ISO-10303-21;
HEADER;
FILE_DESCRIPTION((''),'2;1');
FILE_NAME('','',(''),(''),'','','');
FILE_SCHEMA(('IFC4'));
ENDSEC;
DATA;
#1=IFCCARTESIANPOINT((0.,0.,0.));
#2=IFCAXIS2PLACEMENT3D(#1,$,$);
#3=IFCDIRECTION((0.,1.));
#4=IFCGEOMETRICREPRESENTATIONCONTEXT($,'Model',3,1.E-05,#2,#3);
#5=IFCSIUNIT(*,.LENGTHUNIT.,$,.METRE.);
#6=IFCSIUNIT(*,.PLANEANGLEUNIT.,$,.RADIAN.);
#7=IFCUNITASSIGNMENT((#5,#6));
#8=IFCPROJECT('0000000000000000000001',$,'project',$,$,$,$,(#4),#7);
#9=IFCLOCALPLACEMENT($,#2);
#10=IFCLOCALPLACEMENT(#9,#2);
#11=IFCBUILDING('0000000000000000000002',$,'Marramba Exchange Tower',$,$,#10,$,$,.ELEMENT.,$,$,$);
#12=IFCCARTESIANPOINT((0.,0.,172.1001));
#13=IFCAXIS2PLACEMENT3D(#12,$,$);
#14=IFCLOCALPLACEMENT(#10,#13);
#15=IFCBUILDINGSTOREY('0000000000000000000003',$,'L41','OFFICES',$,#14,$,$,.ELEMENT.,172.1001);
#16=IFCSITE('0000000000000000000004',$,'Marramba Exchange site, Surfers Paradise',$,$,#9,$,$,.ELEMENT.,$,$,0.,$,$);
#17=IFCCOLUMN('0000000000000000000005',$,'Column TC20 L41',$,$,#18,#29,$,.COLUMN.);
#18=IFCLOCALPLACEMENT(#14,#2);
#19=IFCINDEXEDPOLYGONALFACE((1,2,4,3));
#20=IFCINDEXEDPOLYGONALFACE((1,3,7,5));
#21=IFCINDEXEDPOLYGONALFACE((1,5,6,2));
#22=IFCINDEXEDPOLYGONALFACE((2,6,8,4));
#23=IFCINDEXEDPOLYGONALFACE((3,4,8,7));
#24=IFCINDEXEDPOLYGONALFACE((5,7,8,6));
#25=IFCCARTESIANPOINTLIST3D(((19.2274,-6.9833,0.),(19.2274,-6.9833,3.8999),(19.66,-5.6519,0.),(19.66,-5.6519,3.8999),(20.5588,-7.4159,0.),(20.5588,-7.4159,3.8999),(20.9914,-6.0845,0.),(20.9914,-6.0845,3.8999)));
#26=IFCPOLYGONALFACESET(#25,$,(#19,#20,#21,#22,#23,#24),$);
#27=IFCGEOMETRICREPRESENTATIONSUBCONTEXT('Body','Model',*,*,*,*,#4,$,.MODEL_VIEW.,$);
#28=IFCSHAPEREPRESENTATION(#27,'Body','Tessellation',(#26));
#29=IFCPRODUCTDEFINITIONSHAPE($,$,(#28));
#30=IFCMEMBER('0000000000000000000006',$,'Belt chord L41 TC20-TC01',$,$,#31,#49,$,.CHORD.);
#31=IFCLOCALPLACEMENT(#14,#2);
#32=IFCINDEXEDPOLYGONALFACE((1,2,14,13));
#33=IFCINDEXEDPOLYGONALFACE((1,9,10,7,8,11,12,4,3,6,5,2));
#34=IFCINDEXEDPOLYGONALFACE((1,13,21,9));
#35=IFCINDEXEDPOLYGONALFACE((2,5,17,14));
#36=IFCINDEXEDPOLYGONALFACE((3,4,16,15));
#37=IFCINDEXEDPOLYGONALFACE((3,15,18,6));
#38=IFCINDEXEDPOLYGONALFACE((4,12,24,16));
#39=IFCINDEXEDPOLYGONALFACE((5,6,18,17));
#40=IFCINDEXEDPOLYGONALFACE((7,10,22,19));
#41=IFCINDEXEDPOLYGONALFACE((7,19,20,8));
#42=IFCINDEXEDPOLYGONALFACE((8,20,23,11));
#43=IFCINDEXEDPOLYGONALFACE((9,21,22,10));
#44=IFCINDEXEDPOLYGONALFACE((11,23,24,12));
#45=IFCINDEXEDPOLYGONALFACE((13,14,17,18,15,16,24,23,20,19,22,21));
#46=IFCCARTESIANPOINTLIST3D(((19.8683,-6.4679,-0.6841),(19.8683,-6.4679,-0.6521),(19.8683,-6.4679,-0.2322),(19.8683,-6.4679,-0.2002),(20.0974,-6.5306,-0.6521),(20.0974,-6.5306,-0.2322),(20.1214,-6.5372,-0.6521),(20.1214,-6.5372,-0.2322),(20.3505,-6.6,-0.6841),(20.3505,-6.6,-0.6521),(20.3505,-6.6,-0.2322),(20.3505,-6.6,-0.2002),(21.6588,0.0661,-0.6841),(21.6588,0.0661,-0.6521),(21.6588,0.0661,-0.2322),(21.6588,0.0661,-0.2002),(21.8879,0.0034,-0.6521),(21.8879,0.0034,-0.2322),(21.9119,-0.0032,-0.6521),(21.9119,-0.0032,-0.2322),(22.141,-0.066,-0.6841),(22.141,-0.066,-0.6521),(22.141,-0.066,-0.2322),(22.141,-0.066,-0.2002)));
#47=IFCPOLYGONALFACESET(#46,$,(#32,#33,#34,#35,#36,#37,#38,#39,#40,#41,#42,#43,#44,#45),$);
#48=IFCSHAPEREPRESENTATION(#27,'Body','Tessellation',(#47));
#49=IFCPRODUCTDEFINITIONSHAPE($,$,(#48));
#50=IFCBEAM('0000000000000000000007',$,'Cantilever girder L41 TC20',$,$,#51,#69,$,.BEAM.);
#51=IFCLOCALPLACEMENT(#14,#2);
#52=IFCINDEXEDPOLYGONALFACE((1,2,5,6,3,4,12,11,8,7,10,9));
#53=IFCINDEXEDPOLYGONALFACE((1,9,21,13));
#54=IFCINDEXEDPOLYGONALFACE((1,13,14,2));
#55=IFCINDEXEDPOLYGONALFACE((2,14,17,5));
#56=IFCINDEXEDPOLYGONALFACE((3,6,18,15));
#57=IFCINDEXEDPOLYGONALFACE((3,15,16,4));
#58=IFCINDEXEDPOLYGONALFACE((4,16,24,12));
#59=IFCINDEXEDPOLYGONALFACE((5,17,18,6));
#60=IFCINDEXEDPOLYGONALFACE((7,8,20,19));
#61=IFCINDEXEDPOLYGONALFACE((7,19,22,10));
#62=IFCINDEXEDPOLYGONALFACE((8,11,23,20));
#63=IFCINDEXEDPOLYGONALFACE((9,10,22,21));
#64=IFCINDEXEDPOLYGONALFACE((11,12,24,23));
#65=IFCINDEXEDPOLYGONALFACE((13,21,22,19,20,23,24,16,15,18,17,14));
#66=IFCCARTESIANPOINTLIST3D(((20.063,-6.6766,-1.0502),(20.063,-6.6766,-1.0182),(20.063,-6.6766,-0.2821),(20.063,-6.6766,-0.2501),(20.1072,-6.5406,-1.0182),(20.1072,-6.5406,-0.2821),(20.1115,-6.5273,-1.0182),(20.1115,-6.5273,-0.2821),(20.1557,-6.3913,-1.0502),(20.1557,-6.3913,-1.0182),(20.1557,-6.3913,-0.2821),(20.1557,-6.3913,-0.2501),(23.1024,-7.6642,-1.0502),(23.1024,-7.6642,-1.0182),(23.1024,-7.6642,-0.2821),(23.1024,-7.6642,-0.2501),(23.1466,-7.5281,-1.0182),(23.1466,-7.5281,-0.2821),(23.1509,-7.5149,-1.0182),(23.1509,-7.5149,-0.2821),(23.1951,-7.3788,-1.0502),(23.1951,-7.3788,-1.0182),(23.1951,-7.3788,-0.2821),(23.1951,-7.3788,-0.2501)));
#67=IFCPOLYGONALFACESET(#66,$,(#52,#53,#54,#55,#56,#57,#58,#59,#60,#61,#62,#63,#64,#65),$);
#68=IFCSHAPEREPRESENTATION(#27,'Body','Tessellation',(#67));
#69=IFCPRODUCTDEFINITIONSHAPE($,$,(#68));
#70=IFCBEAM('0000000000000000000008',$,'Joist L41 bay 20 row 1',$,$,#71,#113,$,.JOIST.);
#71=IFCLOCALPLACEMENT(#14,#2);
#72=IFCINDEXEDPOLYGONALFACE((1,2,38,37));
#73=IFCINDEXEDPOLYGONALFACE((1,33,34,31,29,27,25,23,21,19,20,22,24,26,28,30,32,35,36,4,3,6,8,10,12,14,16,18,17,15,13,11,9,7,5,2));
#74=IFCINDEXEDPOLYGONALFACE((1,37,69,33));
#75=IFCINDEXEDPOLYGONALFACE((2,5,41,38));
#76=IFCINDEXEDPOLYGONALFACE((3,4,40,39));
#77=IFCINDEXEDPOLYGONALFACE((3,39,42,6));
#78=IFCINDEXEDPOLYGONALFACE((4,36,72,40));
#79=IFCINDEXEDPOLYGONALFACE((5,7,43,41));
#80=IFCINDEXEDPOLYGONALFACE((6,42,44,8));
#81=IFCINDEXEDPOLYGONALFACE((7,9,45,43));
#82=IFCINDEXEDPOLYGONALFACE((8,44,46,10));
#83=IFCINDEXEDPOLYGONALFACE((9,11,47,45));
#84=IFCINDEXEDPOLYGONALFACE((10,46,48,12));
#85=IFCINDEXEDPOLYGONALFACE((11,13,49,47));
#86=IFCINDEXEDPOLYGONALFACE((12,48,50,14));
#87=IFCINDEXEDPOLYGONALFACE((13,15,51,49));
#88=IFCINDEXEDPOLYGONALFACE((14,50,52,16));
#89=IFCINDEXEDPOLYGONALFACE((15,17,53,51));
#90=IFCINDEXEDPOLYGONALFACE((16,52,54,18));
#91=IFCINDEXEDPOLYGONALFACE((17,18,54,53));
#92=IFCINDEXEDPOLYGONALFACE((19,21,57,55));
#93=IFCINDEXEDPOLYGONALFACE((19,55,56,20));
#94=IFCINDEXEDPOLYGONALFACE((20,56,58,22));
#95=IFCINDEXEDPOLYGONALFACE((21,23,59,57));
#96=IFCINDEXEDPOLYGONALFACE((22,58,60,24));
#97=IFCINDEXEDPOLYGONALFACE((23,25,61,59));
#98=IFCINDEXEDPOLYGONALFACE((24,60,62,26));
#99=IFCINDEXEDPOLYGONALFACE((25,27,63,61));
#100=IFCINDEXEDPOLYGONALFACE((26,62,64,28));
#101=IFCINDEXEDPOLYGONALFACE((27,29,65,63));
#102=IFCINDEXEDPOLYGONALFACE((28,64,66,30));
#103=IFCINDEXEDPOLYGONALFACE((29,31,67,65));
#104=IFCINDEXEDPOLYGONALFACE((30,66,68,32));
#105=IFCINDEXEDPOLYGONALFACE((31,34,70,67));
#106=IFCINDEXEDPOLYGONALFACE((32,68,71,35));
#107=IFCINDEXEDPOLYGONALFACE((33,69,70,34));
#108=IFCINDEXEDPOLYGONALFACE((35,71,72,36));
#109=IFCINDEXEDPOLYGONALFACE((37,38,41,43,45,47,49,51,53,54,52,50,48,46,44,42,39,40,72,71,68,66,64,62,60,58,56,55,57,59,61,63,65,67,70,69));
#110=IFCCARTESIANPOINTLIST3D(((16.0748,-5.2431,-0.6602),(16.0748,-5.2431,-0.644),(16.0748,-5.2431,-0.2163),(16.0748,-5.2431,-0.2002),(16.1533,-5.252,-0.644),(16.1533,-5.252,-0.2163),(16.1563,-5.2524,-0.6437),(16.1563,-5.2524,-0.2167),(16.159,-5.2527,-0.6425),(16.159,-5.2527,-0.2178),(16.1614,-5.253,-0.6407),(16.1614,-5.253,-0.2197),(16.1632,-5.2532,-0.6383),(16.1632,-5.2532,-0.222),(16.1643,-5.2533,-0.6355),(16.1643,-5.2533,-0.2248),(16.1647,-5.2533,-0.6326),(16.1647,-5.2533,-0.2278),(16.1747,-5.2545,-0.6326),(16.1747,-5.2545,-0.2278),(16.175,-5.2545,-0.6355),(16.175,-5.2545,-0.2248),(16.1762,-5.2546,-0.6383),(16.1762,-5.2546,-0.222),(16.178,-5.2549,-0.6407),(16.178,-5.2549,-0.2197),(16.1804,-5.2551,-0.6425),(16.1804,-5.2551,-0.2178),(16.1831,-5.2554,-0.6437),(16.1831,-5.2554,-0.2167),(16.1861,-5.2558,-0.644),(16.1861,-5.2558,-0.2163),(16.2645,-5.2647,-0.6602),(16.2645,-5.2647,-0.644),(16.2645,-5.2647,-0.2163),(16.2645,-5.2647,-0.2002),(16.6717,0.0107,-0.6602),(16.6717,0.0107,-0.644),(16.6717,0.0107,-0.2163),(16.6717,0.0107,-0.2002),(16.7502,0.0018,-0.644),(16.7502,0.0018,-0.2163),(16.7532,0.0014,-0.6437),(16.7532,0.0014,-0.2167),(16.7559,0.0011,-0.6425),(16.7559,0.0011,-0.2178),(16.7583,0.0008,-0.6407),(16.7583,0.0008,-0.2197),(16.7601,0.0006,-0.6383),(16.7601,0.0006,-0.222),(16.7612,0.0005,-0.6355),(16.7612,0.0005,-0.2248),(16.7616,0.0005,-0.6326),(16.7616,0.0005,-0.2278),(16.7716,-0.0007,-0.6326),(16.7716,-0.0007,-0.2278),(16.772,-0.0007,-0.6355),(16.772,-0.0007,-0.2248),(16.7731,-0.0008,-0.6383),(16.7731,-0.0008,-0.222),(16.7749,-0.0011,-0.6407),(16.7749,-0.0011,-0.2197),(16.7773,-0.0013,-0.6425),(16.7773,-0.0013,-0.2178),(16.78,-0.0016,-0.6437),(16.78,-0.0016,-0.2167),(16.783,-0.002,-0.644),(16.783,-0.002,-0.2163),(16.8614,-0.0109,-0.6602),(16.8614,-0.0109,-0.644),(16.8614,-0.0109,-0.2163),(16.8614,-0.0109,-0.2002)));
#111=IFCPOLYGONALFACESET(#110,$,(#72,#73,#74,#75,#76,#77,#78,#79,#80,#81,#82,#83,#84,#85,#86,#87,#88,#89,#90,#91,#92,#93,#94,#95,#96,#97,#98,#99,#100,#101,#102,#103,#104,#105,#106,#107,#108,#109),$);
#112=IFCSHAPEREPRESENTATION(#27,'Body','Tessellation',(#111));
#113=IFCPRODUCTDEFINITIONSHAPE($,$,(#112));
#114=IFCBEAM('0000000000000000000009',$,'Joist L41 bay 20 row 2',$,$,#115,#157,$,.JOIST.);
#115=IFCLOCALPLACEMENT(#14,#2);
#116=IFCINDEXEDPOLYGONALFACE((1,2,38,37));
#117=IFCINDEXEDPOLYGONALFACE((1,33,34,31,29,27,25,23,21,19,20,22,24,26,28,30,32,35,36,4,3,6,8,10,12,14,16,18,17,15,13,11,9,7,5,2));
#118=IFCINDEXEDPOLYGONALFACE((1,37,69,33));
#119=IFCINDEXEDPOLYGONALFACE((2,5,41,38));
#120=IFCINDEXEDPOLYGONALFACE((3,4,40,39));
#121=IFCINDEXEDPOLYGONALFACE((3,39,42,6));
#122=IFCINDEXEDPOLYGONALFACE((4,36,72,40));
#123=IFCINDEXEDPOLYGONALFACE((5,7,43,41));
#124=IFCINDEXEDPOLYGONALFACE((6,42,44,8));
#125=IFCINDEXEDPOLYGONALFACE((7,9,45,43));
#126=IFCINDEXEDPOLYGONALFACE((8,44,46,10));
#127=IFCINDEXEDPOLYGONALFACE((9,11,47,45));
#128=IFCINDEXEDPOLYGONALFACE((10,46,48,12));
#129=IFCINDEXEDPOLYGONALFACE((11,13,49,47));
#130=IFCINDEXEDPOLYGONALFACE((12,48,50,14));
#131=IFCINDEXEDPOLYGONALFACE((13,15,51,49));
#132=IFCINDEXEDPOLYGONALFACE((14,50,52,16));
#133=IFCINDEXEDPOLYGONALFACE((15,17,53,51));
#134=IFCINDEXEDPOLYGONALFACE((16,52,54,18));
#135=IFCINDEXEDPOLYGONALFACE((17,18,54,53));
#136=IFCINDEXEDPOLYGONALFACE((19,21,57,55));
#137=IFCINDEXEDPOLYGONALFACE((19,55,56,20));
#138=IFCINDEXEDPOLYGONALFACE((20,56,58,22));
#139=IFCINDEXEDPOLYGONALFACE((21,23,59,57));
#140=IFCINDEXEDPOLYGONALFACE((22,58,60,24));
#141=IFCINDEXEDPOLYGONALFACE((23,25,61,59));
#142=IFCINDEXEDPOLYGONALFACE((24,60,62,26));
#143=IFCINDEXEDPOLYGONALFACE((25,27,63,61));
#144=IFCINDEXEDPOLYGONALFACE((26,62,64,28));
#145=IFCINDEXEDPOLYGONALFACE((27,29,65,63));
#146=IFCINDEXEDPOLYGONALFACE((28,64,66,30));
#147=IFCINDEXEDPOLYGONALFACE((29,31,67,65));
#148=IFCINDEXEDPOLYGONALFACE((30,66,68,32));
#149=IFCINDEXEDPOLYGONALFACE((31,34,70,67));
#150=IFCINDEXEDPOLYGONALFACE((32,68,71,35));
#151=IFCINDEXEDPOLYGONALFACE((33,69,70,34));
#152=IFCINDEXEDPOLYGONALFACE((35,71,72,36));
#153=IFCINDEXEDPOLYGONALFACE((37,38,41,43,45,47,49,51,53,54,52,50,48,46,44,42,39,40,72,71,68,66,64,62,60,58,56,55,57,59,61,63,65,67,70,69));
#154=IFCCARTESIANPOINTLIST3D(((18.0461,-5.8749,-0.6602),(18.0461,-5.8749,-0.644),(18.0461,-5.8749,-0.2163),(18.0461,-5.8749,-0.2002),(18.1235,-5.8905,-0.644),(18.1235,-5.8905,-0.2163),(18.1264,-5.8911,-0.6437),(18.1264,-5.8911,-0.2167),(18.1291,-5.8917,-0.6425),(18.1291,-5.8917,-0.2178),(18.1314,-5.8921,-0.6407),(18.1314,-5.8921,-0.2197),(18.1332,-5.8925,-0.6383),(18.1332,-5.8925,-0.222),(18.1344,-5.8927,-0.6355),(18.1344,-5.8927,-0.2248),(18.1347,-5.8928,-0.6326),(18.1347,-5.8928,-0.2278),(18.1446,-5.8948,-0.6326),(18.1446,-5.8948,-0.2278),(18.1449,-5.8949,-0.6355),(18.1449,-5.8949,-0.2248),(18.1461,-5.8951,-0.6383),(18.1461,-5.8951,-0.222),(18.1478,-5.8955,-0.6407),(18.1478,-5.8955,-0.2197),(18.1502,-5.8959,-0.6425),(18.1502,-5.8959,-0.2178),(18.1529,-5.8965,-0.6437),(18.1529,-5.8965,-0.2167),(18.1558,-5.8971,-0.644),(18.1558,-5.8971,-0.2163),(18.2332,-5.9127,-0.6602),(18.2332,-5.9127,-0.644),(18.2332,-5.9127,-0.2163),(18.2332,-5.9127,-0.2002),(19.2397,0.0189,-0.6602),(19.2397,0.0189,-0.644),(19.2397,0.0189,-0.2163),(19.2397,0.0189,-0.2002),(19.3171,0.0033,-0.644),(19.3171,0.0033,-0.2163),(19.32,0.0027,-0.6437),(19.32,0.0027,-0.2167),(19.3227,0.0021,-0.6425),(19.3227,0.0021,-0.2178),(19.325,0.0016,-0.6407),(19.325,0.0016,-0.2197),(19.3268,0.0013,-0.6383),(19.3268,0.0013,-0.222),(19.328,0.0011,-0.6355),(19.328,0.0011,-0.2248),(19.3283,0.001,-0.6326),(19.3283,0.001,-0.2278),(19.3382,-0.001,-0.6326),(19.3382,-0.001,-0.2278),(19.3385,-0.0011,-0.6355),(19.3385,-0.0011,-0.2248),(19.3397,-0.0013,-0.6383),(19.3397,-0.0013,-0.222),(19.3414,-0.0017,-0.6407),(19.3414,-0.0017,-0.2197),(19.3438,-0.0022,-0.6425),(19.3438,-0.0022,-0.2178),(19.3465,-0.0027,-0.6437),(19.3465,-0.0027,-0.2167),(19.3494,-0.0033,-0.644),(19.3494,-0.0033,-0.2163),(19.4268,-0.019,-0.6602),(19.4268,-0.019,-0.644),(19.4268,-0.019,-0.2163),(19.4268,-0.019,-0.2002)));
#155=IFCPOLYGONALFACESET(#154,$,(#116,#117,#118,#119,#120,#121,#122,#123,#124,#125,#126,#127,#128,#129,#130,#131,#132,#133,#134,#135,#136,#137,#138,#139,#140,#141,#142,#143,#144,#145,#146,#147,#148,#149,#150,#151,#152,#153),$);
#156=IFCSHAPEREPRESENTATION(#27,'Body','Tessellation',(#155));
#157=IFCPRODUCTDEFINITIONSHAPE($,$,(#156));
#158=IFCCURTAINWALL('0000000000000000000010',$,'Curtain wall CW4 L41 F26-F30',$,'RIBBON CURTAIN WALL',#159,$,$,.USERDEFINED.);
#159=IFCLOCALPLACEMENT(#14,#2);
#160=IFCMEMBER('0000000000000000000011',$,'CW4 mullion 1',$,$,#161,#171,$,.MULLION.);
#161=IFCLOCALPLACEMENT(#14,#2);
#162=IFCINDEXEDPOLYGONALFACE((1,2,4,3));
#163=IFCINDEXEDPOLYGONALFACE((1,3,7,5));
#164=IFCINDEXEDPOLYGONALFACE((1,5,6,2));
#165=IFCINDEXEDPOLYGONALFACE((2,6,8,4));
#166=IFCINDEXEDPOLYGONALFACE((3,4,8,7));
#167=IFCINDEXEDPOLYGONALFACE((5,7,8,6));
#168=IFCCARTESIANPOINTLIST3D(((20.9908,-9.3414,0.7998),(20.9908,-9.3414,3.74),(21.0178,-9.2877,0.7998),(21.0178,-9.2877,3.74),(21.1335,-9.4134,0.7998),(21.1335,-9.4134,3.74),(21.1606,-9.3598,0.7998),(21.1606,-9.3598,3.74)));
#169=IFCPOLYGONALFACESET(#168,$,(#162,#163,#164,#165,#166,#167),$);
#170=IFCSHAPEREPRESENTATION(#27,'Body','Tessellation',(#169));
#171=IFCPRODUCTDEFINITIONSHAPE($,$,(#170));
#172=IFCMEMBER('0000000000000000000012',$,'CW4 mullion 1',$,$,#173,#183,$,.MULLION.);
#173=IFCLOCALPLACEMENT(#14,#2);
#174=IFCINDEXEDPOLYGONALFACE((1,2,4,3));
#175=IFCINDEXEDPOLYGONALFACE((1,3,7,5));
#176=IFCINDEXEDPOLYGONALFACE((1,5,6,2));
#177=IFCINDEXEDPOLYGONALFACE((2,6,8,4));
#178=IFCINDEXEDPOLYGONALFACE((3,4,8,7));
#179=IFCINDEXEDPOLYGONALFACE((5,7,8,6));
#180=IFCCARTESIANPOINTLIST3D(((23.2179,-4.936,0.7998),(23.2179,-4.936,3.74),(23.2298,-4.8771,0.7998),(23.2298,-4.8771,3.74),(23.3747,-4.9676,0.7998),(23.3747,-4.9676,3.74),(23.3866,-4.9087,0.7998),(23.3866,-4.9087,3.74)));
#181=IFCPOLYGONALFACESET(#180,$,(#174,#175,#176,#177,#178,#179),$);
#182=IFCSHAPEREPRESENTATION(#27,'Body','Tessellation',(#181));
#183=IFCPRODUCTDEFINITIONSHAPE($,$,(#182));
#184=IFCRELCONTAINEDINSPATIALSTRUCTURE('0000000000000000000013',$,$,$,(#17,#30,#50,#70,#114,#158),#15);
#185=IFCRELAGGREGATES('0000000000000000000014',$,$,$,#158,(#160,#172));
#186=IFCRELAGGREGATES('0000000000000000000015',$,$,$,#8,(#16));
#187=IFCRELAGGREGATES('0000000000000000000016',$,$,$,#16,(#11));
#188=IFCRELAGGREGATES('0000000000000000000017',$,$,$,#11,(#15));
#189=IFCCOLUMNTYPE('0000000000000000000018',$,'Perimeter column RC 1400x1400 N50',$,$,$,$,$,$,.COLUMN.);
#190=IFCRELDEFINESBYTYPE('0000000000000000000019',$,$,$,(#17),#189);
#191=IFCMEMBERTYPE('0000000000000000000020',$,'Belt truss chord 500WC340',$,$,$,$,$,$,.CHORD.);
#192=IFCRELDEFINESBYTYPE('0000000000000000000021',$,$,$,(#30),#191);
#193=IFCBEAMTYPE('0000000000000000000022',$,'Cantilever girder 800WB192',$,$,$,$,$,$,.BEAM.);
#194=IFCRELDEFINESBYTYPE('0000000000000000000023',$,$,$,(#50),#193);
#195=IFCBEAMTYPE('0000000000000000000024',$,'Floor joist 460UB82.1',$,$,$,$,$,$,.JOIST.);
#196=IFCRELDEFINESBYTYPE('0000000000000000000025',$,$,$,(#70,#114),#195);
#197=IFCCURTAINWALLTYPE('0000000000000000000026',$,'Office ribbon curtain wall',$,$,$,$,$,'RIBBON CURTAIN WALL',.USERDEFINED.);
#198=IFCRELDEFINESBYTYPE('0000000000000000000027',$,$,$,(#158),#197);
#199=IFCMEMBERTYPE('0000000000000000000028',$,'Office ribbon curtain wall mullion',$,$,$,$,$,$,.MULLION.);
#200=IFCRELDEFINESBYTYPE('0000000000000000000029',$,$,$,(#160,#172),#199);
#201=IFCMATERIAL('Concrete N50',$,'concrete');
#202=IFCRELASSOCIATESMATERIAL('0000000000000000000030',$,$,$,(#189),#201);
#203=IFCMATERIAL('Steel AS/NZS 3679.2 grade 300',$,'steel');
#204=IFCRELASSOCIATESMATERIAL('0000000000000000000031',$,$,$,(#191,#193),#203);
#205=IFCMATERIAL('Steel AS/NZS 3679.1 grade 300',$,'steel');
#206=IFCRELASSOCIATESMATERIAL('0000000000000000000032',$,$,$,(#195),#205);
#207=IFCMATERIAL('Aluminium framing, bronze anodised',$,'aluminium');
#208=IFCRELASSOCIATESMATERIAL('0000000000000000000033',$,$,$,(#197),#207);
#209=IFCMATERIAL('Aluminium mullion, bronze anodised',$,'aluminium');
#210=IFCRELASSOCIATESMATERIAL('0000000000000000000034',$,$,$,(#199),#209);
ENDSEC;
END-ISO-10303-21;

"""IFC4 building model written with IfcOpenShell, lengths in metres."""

from ifc_helpers import new_model, si_unit, direction, frame, origin, origin_2d, place, context, subcontext, project, spatial, rectangle, i_section, extrude, material, material_profile, profile_set, type_object, element, aggregate, save


model = new_model("IFC4")

# Units and contexts
model_context = context("Model", 3, precision=1e-05, world=origin(), true_north=direction((0.0, 1.0)))
body_context = subcontext(model_context, "Body", "Model", "MODEL_VIEW")
ifc_project = project(units=[si_unit("LENGTHUNIT", "METRE"), si_unit("PLANEANGLEUNIT", "RADIAN")], contexts=[model_context])

# Site, building, storey
site_placement = place(None, origin())
site = spatial("IfcSite", under=ifc_project, at=site_placement, Name="Marramba Exchange site, Surfers Paradise", CompositionType="ELEMENT", RefElevation=0.0)
building_placement = place(site_placement, origin())
building = spatial("IfcBuilding", under=site, at=building_placement, Name="Marramba Exchange Tower", CompositionType="ELEMENT")
storey_placement = place(building_placement, frame((0.0, 0.0, 172.1001)))
storey = spatial("IfcBuildingStorey", under=building, at=storey_placement, Name="L41", Description="OFFICES", CompositionType="ELEMENT", Elevation=172.1001)

# Column
ifc_material_1 = material(Name="Concrete N50", Category="concrete")
ifc_material_profile_1 = material_profile(ifc_material_1, rectangle(XDim=1.3999, YDim=1.3999, at=origin_2d()), Name="RC 1400x1400")
ifc_profile_set_1 = profile_set([ifc_material_profile_1], Name="Concrete N50")
column_type = type_object("IfcColumnType", Name="Perimeter column RC 1400x1400 N50", PredefinedType="COLUMN", material=ifc_profile_set_1)
column_placement = place(storey_placement, frame((20.1094, -6.5339, 0.0), z_axis=(0.0, 0.0, 1.0), x_axis=(0.951057, -0.309017, 0.0)))
element("IfcColumn", 1, at=column_placement, inside=storey, type_object=column_type, Name="Column TC20 L41", PredefinedType="COLUMN", context=body_context, shape_type="SweptSolid", body=[
    extrude(rectangle(XDim=1.3999, YDim=1.3999, at=origin_2d()), origin(), (0.0, 0.0, 1.0), 3.8999),
])

# Member
ifc_material_2 = material(Name="Steel AS/NZS 3679.2 grade 300", Category="steel")
ifc_material_profile_2 = material_profile(ifc_material_2, i_section(OverallWidth=0.5, OverallDepth=0.4839, WebThickness=0.0249, FlangeThickness=0.032, at=origin_2d()), Name="500WC340")
ifc_profile_set_2 = profile_set([ifc_material_profile_2], Name="Steel AS/NZS 3679.2 grade 300")
member_type_1 = type_object("IfcMemberType", Name="Belt truss chord 500WC340", PredefinedType="CHORD", material=ifc_profile_set_2)
member_1_placement = place(storey_placement, frame((20.1094, -6.5339, -0.4421), z_axis=(0.264291, 0.964443, 0.0), x_axis=(-0.964443, 0.264291, 0.0)))
element("IfcMember", 2, at=member_1_placement, inside=storey, type_object=member_type_1, Name="Belt chord L41 TC20-TC01", PredefinedType="CHORD", context=body_context, shape_type="SweptSolid", body=[
    extrude(i_section(OverallWidth=0.5, OverallDepth=0.4839, WebThickness=0.0249, FlangeThickness=0.032, at=origin_2d()), origin(), (0.0, 0.0, 1.0), 6.7749),
])

# Beams
ifc_material_profile_3 = material_profile(ifc_material_2, i_section(OverallWidth=0.3, OverallDepth=0.8, WebThickness=0.0139, FlangeThickness=0.032, at=origin_2d()), Name="800WB192")
ifc_profile_set_3 = profile_set([ifc_material_profile_3], Name="Steel AS/NZS 3679.2 grade 300")
beam_type_1 = type_object("IfcBeamType", Name="Cantilever girder 800WB192", PredefinedType="BEAM", material=ifc_profile_set_3)
beam_1_placement = place(storey_placement, frame((20.1094, -6.5339, -0.6501), z_axis=(0.951055, -0.309022, 0.0), x_axis=(0.309022, 0.951055, 0.0)))
element("IfcBeam", 3, at=beam_1_placement, inside=storey, type_object=beam_type_1, Name="Cantilever girder L41 TC20", PredefinedType="BEAM", context=body_context, shape_type="SweptSolid", body=[
    extrude(i_section(OverallWidth=0.3, OverallDepth=0.8, WebThickness=0.0139, FlangeThickness=0.032, at=origin_2d()), origin(), (0.0, 0.0, 1.0), 3.1958),
])
ifc_material_3 = material(Name="Steel AS/NZS 3679.1 grade 300", Category="steel")
ifc_material_profile_4 = material_profile(ifc_material_3, i_section(OverallWidth=0.1909, OverallDepth=0.46, WebThickness=0.01, FlangeThickness=0.0161, FilletRadius=0.0115, at=origin_2d()), Name="460UB82.1")
ifc_profile_set_4 = profile_set([ifc_material_profile_4], Name="Steel AS/NZS 3679.1 grade 300")
beam_type_2 = type_object("IfcBeamType", Name="Floor joist 460UB82.1", PredefinedType="JOIST", material=ifc_profile_set_4)
beam_2_placement = place(storey_placement, frame((16.1697, -5.2539, -0.4302), z_axis=(0.112889, 0.993608, 0.0), x_axis=(-0.993608, 0.112889, 0.0)))
element("IfcBeam", 4, at=beam_2_placement, inside=storey, type_object=beam_type_2, Name="Joist L41 bay 20 row 1", PredefinedType="JOIST", context=body_context, shape_type="SweptSolid", body=[
    extrude(i_section(OverallWidth=0.1909, OverallDepth=0.46, WebThickness=0.01, FlangeThickness=0.0161, FilletRadius=0.0115, at=origin_2d()), origin(), (0.0, 0.0, 1.0), 5.2876),
])
beam_3_placement = place(storey_placement, frame((18.1396, -5.8938, -0.4302), z_axis=(0.198489, 0.980103, 0.0), x_axis=(-0.980103, 0.198489, 0.0)))
element("IfcBeam", 5, at=beam_3_placement, inside=storey, type_object=beam_type_2, Name="Joist L41 bay 20 row 2", PredefinedType="JOIST", context=body_context, shape_type="SweptSolid", body=[
    extrude(i_section(OverallWidth=0.1909, OverallDepth=0.46, WebThickness=0.01, FlangeThickness=0.0161, FilletRadius=0.0115, at=origin_2d()), origin(), (0.0, 0.0, 1.0), 6.0134),
])

# Curtain wall, members
ifc_material_4 = material(Name="Aluminium framing, bronze anodised", Category="aluminium")
curtain_wall_type = type_object("IfcCurtainWallType", Name="Office ribbon curtain wall", ElementType="RIBBON CURTAIN WALL", PredefinedType="USERDEFINED", material=ifc_material_4)
curtain_wall_placement = place(storey_placement, origin())
curtain_wall = element("IfcCurtainWall", 6, at=curtain_wall_placement, inside=storey, type_object=curtain_wall_type, Name="Curtain wall CW4 L41 F26-F30", ObjectType="RIBBON CURTAIN WALL", PredefinedType="USERDEFINED")
ifc_material_5 = material(Name="Aluminium mullion, bronze anodised", Category="aluminium")
ifc_material_profile_5 = material_profile(ifc_material_5, rectangle(XDim=0.1599, YDim=0.0601, at=origin_2d()), Name="CW4 mullion 60x160")
ifc_profile_set_5 = profile_set([ifc_material_profile_5], Name="Aluminium mullion, bronze anodised")
member_type_2 = type_object("IfcMemberType", Name="Office ribbon curtain wall mullion", PredefinedType="MULLION", material=ifc_profile_set_5)
member_2_placement = place(storey_placement, frame((21.0757, -9.3506, 0.7998), z_axis=(0.0, 0.0, 1.0), x_axis=(-0.892689, 0.450673, 0.0)))
member_2 = element("IfcMember", 7, at=member_2_placement, type_object=member_type_2, Name="CW4 mullion 1", PredefinedType="MULLION", context=body_context, shape_type="SweptSolid", body=[
    extrude(rectangle(XDim=0.1599, YDim=0.0601, at=origin_2d()), origin(), (0.0, 0.0, 1.0), 2.9402),
])
member_3_placement = place(storey_placement, frame((23.3022, -4.9224, 0.7998), z_axis=(0.0, 0.0, 1.0), x_axis=(-0.980304, 0.197495, 0.0)))
member_3 = element("IfcMember", 8, at=member_3_placement, type_object=member_type_2, Name="CW4 mullion 1", PredefinedType="MULLION", context=body_context, shape_type="SweptSolid", body=[
    extrude(rectangle(XDim=0.1599, YDim=0.0601, at=origin_2d()), origin(), (0.0, 0.0, 1.0), 2.9402),
])

aggregate(curtain_wall, [member_2, member_3])

save(model, "model.ifc")
